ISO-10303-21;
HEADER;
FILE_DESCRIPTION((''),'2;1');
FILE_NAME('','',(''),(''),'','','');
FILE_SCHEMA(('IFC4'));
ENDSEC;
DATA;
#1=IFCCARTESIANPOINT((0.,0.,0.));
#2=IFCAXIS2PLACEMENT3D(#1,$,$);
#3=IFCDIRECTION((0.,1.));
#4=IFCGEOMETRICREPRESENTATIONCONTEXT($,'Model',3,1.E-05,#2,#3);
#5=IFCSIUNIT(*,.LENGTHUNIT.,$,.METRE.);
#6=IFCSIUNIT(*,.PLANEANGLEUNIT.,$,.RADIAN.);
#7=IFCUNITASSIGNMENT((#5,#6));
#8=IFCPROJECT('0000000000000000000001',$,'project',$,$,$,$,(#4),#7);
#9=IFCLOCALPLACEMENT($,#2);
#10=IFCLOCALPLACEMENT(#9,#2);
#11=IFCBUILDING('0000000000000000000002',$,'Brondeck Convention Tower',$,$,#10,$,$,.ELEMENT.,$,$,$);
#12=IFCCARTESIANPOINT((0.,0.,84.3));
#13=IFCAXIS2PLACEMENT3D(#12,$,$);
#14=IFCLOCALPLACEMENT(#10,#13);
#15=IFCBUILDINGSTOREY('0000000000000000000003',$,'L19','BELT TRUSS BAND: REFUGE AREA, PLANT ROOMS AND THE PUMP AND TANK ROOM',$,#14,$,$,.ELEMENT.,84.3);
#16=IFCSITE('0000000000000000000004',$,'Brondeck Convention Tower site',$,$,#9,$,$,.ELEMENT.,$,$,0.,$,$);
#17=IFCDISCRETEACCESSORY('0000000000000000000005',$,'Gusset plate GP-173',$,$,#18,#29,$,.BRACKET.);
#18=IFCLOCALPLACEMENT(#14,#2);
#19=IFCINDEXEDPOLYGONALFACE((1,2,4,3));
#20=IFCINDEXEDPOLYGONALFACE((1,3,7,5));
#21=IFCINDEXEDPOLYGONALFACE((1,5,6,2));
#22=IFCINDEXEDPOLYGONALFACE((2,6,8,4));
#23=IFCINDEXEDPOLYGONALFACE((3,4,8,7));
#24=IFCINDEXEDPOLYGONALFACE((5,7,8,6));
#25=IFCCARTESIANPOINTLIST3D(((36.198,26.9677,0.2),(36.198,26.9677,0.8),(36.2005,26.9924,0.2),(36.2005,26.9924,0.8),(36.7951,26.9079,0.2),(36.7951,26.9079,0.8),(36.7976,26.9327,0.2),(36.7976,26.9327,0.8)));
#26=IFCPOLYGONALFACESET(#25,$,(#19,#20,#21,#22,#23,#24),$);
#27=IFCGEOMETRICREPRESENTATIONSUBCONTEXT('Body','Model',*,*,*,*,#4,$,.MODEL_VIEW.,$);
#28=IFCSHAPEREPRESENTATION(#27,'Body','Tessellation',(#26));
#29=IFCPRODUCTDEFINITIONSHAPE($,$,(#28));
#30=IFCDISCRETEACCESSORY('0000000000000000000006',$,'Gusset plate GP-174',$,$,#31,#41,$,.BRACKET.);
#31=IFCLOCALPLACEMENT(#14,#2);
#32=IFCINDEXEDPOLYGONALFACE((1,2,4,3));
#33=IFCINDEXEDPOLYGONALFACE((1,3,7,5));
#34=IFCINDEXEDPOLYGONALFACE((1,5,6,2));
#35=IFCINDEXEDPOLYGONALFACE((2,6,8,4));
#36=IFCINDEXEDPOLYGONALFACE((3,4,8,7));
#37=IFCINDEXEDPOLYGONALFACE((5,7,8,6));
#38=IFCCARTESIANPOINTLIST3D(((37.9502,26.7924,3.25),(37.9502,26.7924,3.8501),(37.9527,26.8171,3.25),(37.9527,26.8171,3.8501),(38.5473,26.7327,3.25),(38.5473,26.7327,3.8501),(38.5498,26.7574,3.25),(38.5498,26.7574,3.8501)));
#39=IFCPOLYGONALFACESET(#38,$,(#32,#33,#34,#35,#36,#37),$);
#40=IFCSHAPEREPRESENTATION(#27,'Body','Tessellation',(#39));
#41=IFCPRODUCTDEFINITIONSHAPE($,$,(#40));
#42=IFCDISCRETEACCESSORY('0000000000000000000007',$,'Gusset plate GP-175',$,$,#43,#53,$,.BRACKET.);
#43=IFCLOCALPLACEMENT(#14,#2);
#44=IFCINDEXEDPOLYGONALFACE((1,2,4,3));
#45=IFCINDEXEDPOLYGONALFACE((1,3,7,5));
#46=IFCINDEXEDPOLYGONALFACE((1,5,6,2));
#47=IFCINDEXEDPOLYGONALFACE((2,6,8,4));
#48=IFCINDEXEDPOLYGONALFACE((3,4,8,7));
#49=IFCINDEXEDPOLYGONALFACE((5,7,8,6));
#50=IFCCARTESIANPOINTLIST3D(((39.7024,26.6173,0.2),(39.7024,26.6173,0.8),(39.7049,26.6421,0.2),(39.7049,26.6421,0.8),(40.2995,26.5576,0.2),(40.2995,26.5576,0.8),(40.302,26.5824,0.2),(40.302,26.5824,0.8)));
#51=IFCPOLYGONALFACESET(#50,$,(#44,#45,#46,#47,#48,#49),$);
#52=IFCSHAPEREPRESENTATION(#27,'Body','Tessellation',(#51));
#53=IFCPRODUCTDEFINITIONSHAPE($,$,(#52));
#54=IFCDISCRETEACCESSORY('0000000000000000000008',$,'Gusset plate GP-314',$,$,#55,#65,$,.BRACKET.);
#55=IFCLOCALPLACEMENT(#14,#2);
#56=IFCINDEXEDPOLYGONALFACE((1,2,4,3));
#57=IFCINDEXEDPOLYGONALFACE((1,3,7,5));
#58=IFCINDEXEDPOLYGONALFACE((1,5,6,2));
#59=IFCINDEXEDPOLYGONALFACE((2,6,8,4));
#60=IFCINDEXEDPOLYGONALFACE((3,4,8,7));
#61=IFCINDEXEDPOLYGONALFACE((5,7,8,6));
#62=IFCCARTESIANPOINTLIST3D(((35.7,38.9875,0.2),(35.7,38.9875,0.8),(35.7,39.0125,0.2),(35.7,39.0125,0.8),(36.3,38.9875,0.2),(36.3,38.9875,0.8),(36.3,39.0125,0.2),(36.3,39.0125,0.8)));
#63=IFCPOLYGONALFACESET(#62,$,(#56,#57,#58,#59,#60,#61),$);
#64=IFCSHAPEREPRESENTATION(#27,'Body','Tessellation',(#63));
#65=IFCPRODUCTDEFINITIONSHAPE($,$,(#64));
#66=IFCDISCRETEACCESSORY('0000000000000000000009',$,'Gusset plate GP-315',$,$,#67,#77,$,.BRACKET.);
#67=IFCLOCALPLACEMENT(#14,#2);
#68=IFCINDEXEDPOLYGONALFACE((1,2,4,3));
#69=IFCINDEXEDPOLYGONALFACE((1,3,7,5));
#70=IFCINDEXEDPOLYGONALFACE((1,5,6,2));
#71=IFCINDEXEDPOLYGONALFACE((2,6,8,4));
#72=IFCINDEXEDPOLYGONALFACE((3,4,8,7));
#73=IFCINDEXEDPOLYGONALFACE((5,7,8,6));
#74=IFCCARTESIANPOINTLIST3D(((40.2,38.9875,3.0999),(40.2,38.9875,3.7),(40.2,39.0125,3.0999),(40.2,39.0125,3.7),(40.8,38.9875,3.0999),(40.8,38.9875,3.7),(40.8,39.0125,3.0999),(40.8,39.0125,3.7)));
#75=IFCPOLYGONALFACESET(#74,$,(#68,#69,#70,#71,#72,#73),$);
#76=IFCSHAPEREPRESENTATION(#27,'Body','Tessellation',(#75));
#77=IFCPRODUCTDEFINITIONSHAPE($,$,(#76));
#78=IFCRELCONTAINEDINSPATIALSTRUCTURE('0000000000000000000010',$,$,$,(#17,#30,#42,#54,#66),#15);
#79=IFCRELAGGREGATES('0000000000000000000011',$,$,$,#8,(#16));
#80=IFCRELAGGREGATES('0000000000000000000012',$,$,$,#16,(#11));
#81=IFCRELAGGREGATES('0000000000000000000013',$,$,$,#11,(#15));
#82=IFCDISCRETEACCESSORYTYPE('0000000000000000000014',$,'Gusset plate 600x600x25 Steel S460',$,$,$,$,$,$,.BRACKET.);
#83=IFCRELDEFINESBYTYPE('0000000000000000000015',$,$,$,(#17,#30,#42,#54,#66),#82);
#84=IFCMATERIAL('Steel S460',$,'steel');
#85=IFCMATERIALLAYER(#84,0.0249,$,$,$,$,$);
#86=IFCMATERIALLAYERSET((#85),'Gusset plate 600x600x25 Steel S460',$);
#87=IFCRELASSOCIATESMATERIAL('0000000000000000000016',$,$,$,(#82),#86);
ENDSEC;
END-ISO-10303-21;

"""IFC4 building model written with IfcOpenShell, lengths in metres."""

from ifc_helpers import new_model, si_unit, direction, frame, origin, origin_2d, place, context, subcontext, project, spatial, rectangle, extrude, material, layer, layer_set, type_object, element, save


model = new_model("IFC4")

# Units and contexts
model_context = context("Model", 3, precision=1e-05, world=origin(), true_north=direction((0.0, 1.0)))
body_context = subcontext(model_context, "Body", "Model", "MODEL_VIEW")
ifc_project = project(units=[si_unit("LENGTHUNIT", "METRE"), si_unit("PLANEANGLEUNIT", "RADIAN")], contexts=[model_context])

# Site, building, storey
site_placement = place(None, origin())
site = spatial("IfcSite", under=ifc_project, at=site_placement, Name="Brondeck Convention Tower site", CompositionType="ELEMENT", RefElevation=0.0)
building_placement = place(site_placement, origin())
building = spatial("IfcBuilding", under=site, at=building_placement, Name="Brondeck Convention Tower", CompositionType="ELEMENT")
storey_placement = place(building_placement, frame((0.0, 0.0, 84.3)))
storey = spatial("IfcBuildingStorey", under=building, at=storey_placement, Name="L19", Description="BELT TRUSS BAND: REFUGE AREA, PLANT ROOMS AND THE PUMP AND TANK ROOM", CompositionType="ELEMENT", Elevation=84.3)

# Shared definitions
ifc_material_1 = material(Name="Steel S460", Category="steel")

# Discrete accessories
ifc_layer_1 = layer(ifc_material_1, 0.0249)
ifc_layer_set_1 = layer_set([ifc_layer_1], Name="Gusset plate 600x600x25 Steel S460")
discrete_accessory_type = type_object("IfcDiscreteAccessoryType", Name="Gusset plate 600x600x25 Steel S460", PredefinedType="BRACKET", material=ifc_layer_set_1)
for number, where, z_axis, x_axis, name in (
    (1, (36.4978, 26.9502, 0.2), (0.0, 0.0, 1.0), (-0.995036, 0.099511, 0.0), "Gusset plate GP-173"),
    (2, (38.25, 26.7749, 3.25), (0.0, 0.0, 1.0), (-0.995036, 0.099511, 0.0), "Gusset plate GP-174"),
    (3, (40.0022, 26.5999, 0.2), (0.0, 0.0, 1.0), (-0.995036, 0.099511, 0.0), "Gusset plate GP-175"),
    (4, (36.0, 39.0, 0.2), (0.0, 0.0, 1.0), (1.0, 0.0, 0.0), "Gusset plate GP-314"),
    (5, (40.5, 39.0, 3.0999), (0.0, 0.0, 1.0), (1.0, 0.0, 0.0), "Gusset plate GP-315"),
):
    element("IfcDiscreteAccessory", number, at=place(storey_placement, frame(where, z_axis=z_axis, x_axis=x_axis)), inside=storey, type_object=discrete_accessory_type, Name=name, PredefinedType="BRACKET", context=body_context, shape_type="SweptSolid", body=[
        extrude(rectangle(XDim=0.6001, YDim=0.0249, at=origin_2d()), origin(), (0.0, 0.0, 1.0), 0.6001),
    ])

save(model, "model.ifc")
